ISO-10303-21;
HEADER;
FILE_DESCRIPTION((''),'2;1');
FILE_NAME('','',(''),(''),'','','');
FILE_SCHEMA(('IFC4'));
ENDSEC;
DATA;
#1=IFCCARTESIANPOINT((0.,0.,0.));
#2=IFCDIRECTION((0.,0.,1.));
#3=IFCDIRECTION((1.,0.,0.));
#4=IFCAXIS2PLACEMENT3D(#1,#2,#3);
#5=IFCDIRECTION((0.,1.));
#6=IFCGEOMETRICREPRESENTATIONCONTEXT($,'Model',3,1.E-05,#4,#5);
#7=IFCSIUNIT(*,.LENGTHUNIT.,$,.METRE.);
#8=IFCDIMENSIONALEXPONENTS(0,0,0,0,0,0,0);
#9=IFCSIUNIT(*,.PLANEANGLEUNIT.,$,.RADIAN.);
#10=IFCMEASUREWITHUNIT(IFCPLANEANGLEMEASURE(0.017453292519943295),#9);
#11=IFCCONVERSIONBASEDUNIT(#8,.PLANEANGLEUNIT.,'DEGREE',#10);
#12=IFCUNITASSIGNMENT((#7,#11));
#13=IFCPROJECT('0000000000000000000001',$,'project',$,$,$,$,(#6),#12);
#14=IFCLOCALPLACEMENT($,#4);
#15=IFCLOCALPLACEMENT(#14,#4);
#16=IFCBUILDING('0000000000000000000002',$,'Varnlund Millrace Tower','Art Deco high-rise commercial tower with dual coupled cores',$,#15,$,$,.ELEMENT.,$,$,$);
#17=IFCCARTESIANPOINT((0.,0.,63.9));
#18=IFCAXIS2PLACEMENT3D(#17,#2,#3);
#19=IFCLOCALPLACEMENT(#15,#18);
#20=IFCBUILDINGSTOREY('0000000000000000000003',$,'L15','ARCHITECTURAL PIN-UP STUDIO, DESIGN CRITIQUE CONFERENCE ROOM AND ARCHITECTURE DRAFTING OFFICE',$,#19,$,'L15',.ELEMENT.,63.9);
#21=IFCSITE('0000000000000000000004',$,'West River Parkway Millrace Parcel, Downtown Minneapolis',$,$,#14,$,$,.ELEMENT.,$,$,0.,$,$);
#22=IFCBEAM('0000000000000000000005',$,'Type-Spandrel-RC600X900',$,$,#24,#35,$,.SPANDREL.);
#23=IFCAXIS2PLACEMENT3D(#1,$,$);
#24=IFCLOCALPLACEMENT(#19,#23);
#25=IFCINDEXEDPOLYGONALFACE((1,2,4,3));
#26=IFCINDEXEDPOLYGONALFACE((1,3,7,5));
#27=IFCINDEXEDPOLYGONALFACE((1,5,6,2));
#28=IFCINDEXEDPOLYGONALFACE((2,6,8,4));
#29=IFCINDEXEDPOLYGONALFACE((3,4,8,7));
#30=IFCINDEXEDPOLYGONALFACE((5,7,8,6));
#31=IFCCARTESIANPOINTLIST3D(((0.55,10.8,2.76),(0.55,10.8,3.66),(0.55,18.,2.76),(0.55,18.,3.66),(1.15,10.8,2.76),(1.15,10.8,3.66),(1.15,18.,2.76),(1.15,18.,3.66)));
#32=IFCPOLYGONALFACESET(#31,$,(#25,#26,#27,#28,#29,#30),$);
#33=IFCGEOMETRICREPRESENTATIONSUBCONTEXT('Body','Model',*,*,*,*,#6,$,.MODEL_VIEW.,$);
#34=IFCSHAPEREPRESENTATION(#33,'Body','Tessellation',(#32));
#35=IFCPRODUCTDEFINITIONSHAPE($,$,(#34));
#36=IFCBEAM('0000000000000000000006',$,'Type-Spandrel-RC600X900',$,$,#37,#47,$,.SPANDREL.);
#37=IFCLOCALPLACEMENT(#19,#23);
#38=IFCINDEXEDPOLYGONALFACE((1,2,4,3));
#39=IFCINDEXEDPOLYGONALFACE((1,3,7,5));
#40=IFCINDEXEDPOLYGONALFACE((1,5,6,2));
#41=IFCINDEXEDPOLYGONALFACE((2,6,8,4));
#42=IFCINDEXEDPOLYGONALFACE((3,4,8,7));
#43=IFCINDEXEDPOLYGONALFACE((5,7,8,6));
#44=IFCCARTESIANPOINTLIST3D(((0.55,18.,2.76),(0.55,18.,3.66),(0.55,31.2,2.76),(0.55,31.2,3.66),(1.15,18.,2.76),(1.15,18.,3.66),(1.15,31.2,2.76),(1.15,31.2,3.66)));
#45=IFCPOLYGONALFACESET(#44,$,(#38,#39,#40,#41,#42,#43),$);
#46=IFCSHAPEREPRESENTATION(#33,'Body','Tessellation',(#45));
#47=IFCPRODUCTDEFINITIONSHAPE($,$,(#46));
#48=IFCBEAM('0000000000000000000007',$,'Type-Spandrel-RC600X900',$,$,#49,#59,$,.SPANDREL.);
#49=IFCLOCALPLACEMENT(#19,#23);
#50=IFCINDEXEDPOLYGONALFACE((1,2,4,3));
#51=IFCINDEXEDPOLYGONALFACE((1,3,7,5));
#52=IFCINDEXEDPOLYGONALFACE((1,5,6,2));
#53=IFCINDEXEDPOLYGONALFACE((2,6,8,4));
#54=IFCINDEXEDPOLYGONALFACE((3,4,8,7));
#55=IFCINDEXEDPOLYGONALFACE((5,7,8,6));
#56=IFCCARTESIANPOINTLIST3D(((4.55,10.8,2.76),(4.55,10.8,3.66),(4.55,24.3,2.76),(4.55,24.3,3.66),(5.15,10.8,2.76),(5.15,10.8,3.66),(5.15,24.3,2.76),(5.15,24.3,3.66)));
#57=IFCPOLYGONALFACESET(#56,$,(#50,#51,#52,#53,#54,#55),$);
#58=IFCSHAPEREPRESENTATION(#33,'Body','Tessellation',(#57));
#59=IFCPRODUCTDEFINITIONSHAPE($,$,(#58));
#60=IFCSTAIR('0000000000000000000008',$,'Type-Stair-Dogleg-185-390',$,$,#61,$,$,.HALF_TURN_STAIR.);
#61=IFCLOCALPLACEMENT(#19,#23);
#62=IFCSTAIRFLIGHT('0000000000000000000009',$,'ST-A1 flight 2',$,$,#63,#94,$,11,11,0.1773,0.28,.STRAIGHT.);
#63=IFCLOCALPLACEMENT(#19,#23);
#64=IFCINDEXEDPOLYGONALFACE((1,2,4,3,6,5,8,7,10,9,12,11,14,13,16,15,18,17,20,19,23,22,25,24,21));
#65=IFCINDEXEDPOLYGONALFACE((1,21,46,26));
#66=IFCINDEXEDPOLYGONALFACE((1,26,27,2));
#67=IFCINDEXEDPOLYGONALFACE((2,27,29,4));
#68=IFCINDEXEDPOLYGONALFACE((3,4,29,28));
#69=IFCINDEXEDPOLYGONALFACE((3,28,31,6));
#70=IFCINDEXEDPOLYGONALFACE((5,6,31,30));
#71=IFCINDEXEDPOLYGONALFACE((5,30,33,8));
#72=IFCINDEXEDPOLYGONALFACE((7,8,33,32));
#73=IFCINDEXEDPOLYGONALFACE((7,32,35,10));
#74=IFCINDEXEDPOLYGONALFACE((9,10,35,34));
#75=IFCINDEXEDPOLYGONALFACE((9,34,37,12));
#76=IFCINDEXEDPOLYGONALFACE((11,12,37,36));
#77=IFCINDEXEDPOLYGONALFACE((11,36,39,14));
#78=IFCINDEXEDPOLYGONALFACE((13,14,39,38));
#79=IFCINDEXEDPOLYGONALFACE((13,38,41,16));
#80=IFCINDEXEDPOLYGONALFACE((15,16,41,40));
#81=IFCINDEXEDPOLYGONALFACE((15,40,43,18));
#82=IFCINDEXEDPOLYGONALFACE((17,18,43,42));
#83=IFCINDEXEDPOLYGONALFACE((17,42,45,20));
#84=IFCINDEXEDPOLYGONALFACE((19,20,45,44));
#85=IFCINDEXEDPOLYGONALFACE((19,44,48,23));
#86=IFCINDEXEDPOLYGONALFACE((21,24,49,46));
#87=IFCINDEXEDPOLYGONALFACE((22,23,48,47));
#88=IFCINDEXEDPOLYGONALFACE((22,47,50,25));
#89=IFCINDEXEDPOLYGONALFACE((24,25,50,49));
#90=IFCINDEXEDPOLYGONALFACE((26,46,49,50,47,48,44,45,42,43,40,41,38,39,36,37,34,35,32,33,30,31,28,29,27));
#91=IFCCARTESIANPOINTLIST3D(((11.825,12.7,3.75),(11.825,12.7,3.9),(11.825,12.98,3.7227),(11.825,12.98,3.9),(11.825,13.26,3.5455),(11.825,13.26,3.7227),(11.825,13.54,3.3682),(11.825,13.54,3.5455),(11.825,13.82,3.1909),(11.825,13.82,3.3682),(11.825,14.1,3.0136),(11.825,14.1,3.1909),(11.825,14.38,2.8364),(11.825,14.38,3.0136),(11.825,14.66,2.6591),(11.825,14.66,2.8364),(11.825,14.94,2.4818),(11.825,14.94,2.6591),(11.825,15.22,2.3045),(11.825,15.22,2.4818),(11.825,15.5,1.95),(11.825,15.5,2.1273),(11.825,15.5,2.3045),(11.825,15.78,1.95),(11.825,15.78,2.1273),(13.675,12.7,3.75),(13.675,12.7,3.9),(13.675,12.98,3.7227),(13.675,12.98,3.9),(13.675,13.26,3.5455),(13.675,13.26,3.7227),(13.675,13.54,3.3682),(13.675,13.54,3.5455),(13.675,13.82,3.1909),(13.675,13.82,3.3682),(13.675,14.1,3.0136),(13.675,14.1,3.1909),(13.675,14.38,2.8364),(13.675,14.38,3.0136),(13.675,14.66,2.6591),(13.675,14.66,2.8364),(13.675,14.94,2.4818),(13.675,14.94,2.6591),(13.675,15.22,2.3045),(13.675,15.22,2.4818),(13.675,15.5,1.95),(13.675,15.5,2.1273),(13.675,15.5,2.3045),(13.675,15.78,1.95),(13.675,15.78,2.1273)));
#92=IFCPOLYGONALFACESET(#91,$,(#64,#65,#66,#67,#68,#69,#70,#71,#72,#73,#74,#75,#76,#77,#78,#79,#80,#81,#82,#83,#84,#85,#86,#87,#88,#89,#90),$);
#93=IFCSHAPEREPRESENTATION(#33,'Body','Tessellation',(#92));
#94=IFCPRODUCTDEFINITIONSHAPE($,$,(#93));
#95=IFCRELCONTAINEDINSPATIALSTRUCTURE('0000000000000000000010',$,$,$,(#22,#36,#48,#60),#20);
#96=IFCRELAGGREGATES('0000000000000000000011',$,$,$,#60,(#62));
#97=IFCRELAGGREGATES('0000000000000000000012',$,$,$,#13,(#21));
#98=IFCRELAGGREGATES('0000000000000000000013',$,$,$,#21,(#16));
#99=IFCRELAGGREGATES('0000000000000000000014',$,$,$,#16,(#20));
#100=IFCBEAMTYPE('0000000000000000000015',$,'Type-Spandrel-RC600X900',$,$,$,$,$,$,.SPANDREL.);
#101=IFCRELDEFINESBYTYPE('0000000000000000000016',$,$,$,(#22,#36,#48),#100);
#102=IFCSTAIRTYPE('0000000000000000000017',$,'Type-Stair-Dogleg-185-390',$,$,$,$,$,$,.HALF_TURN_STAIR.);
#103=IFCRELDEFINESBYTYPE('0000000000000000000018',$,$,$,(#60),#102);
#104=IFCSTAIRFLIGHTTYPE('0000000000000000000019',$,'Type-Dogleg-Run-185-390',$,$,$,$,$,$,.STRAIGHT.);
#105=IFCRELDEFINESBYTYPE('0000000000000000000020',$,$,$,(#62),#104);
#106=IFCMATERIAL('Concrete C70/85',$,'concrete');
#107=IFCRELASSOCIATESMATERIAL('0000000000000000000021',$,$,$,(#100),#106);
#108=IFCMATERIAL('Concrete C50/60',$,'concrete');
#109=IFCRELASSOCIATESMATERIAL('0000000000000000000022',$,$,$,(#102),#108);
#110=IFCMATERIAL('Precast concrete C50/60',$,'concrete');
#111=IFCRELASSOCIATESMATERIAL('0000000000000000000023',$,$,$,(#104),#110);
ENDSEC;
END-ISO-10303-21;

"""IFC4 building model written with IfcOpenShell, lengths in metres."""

from ifc_helpers import new_model, entity, si_unit, converted_unit, direction, frame, origin_with_axes, origin_2d_with_axis, place, context, subcontext, project, spatial, polyline, rectangle, outline, extrude, material, material_profile, profile_set, type_object, element, aggregate, save


model = new_model("IFC4")

# Units and contexts
model_context = context("Model", 3, precision=1e-05, world=origin_with_axes(), true_north=direction((0.0, 1.0)))
body_context = subcontext(model_context, "Body", "Model", "MODEL_VIEW")
ifc_project = project(units=[si_unit("LENGTHUNIT", "METRE"), converted_unit("PLANEANGLEUNIT", "DEGREE", entity("IfcPlaneAngleMeasure", 0.017453292519943295), si_unit("PLANEANGLEUNIT", "RADIAN"), dimensions=[0, 0, 0, 0, 0, 0, 0])], contexts=[model_context])

# Site, building, storey
site_placement = place(None, origin_with_axes())
site = spatial("IfcSite", under=ifc_project, at=site_placement, Name="West River Parkway Millrace Parcel, Downtown Minneapolis", CompositionType="ELEMENT", RefElevation=0.0)
building_placement = place(site_placement, origin_with_axes())
building = spatial("IfcBuilding", under=site, at=building_placement, Name="Varnlund Millrace Tower", Description="Art Deco high-rise commercial tower with dual coupled cores", CompositionType="ELEMENT")
storey_placement = place(building_placement, frame((0.0, 0.0, 63.9), z_axis=(0.0, 0.0, 1.0), x_axis=(1.0, 0.0, 0.0)))
storey = spatial("IfcBuildingStorey", under=building, at=storey_placement, Name="L15", Description="ARCHITECTURAL PIN-UP STUDIO, DESIGN CRITIQUE CONFERENCE ROOM AND ARCHITECTURE DRAFTING OFFICE", LongName="L15", CompositionType="ELEMENT", Elevation=63.9)

# Beams
ifc_material_1 = material(Name="Concrete C70/85", Category="concrete")
ifc_material_profile_1 = material_profile(ifc_material_1, rectangle(XDim=0.6, YDim=0.9, at=origin_2d_with_axis()), Name="Concrete C70/85")
ifc_profile_set_1 = profile_set([ifc_material_profile_1], Name="Concrete C70/85")
beam_type_1 = type_object("IfcBeamType", Name="Type-Spandrel-RC600X900", PredefinedType="SPANDREL", material=ifc_profile_set_1)
beam_1_placement = place(storey_placement, frame((0.85, 10.8, 3.21), z_axis=(0.0, 1.0, 0.0), x_axis=(-1.0, 0.0, 0.0)))
element("IfcBeam", 1, at=beam_1_placement, inside=storey, type_object=beam_type_1, Name="Type-Spandrel-RC600X900", PredefinedType="SPANDREL", context=body_context, shape_type="SweptSolid", body=[
    extrude(rectangle(XDim=0.6, YDim=0.9, at=origin_2d_with_axis()), origin_with_axes(), (0.0, 0.0, 1.0), 7.2),
])
beam_2_placement = place(storey_placement, frame((0.85, 18.0, 3.21), z_axis=(0.0, 1.0, 0.0), x_axis=(-1.0, 0.0, 0.0)))
element("IfcBeam", 2, at=beam_2_placement, inside=storey, type_object=beam_type_1, Name="Type-Spandrel-RC600X900", PredefinedType="SPANDREL", context=body_context, shape_type="SweptSolid", body=[
    extrude(rectangle(XDim=0.6, YDim=0.9, at=origin_2d_with_axis()), origin_with_axes(), (0.0, 0.0, 1.0), 13.2),
])
beam_3_placement = place(storey_placement, frame((4.85, 10.8, 3.21), z_axis=(0.0, 1.0, 0.0), x_axis=(-1.0, 0.0, 0.0)))
element("IfcBeam", 3, at=beam_3_placement, inside=storey, type_object=beam_type_1, Name="Type-Spandrel-RC600X900", PredefinedType="SPANDREL", context=body_context, shape_type="SweptSolid", body=[
    extrude(rectangle(XDim=0.6, YDim=0.9, at=origin_2d_with_axis()), origin_with_axes(), (0.0, 0.0, 1.0), 13.5),
])

# Stair, stair flight
ifc_material_2 = material(Name="Concrete C50/60", Category="concrete")
stair_type = type_object("IfcStairType", Name="Type-Stair-Dogleg-185-390", PredefinedType="HALF_TURN_STAIR", material=ifc_material_2)
stair_placement = place(storey_placement, origin_with_axes())
stair = element("IfcStair", 4, at=stair_placement, inside=storey, type_object=stair_type, Name="Type-Stair-Dogleg-185-390", PredefinedType="HALF_TURN_STAIR")
ifc_material_3 = material(Name="Precast concrete C50/60", Category="concrete")
stair_flight_type = type_object("IfcStairFlightType", Name="Type-Dogleg-Run-185-390", PredefinedType="STRAIGHT", material=ifc_material_3)
stair_flight_placement = place(storey_placement, frame((13.675, 15.78, 1.95), z_axis=(-1.0, 0.0, 0.0), x_axis=(0.0, -1.0, 0.0)))
stair_flight = element("IfcStairFlight", 5, at=stair_flight_placement, type_object=stair_flight_type, Name="ST-A1 flight 2", NumberOfRisers=11, NumberOfTreads=11, PredefinedType="STRAIGHT", RiserHeight=0.1773, TreadLength=0.28, context=body_context, shape_type="SweptSolid", body=[
    extrude(outline(polyline([(0.0, 0.0), (0.0, 0.1773), (0.28, 0.1773), (0.28, 0.3545), (0.56, 0.3545), (0.56, 0.5318), (0.84, 0.5318), (0.84, 0.7091), (1.12, 0.7091), (1.12, 0.8864), (1.4, 0.8864), (1.4, 1.0636), (1.68, 1.0636), (1.68, 1.2409), (1.96, 1.2409), (1.96, 1.4182), (2.24, 1.4182), (2.24, 1.5955), (2.52, 1.5955), (2.52, 1.7727), (2.8, 1.7727), (2.8, 1.95), (3.08, 1.95), (3.08, 1.8), (0.28, 0.0), (0.0, 0.0)])), origin_with_axes(), (0.0, 0.0, 1.0), 1.85),
])
aggregate(stair, [stair_flight])

save(model, "model.ifc")
